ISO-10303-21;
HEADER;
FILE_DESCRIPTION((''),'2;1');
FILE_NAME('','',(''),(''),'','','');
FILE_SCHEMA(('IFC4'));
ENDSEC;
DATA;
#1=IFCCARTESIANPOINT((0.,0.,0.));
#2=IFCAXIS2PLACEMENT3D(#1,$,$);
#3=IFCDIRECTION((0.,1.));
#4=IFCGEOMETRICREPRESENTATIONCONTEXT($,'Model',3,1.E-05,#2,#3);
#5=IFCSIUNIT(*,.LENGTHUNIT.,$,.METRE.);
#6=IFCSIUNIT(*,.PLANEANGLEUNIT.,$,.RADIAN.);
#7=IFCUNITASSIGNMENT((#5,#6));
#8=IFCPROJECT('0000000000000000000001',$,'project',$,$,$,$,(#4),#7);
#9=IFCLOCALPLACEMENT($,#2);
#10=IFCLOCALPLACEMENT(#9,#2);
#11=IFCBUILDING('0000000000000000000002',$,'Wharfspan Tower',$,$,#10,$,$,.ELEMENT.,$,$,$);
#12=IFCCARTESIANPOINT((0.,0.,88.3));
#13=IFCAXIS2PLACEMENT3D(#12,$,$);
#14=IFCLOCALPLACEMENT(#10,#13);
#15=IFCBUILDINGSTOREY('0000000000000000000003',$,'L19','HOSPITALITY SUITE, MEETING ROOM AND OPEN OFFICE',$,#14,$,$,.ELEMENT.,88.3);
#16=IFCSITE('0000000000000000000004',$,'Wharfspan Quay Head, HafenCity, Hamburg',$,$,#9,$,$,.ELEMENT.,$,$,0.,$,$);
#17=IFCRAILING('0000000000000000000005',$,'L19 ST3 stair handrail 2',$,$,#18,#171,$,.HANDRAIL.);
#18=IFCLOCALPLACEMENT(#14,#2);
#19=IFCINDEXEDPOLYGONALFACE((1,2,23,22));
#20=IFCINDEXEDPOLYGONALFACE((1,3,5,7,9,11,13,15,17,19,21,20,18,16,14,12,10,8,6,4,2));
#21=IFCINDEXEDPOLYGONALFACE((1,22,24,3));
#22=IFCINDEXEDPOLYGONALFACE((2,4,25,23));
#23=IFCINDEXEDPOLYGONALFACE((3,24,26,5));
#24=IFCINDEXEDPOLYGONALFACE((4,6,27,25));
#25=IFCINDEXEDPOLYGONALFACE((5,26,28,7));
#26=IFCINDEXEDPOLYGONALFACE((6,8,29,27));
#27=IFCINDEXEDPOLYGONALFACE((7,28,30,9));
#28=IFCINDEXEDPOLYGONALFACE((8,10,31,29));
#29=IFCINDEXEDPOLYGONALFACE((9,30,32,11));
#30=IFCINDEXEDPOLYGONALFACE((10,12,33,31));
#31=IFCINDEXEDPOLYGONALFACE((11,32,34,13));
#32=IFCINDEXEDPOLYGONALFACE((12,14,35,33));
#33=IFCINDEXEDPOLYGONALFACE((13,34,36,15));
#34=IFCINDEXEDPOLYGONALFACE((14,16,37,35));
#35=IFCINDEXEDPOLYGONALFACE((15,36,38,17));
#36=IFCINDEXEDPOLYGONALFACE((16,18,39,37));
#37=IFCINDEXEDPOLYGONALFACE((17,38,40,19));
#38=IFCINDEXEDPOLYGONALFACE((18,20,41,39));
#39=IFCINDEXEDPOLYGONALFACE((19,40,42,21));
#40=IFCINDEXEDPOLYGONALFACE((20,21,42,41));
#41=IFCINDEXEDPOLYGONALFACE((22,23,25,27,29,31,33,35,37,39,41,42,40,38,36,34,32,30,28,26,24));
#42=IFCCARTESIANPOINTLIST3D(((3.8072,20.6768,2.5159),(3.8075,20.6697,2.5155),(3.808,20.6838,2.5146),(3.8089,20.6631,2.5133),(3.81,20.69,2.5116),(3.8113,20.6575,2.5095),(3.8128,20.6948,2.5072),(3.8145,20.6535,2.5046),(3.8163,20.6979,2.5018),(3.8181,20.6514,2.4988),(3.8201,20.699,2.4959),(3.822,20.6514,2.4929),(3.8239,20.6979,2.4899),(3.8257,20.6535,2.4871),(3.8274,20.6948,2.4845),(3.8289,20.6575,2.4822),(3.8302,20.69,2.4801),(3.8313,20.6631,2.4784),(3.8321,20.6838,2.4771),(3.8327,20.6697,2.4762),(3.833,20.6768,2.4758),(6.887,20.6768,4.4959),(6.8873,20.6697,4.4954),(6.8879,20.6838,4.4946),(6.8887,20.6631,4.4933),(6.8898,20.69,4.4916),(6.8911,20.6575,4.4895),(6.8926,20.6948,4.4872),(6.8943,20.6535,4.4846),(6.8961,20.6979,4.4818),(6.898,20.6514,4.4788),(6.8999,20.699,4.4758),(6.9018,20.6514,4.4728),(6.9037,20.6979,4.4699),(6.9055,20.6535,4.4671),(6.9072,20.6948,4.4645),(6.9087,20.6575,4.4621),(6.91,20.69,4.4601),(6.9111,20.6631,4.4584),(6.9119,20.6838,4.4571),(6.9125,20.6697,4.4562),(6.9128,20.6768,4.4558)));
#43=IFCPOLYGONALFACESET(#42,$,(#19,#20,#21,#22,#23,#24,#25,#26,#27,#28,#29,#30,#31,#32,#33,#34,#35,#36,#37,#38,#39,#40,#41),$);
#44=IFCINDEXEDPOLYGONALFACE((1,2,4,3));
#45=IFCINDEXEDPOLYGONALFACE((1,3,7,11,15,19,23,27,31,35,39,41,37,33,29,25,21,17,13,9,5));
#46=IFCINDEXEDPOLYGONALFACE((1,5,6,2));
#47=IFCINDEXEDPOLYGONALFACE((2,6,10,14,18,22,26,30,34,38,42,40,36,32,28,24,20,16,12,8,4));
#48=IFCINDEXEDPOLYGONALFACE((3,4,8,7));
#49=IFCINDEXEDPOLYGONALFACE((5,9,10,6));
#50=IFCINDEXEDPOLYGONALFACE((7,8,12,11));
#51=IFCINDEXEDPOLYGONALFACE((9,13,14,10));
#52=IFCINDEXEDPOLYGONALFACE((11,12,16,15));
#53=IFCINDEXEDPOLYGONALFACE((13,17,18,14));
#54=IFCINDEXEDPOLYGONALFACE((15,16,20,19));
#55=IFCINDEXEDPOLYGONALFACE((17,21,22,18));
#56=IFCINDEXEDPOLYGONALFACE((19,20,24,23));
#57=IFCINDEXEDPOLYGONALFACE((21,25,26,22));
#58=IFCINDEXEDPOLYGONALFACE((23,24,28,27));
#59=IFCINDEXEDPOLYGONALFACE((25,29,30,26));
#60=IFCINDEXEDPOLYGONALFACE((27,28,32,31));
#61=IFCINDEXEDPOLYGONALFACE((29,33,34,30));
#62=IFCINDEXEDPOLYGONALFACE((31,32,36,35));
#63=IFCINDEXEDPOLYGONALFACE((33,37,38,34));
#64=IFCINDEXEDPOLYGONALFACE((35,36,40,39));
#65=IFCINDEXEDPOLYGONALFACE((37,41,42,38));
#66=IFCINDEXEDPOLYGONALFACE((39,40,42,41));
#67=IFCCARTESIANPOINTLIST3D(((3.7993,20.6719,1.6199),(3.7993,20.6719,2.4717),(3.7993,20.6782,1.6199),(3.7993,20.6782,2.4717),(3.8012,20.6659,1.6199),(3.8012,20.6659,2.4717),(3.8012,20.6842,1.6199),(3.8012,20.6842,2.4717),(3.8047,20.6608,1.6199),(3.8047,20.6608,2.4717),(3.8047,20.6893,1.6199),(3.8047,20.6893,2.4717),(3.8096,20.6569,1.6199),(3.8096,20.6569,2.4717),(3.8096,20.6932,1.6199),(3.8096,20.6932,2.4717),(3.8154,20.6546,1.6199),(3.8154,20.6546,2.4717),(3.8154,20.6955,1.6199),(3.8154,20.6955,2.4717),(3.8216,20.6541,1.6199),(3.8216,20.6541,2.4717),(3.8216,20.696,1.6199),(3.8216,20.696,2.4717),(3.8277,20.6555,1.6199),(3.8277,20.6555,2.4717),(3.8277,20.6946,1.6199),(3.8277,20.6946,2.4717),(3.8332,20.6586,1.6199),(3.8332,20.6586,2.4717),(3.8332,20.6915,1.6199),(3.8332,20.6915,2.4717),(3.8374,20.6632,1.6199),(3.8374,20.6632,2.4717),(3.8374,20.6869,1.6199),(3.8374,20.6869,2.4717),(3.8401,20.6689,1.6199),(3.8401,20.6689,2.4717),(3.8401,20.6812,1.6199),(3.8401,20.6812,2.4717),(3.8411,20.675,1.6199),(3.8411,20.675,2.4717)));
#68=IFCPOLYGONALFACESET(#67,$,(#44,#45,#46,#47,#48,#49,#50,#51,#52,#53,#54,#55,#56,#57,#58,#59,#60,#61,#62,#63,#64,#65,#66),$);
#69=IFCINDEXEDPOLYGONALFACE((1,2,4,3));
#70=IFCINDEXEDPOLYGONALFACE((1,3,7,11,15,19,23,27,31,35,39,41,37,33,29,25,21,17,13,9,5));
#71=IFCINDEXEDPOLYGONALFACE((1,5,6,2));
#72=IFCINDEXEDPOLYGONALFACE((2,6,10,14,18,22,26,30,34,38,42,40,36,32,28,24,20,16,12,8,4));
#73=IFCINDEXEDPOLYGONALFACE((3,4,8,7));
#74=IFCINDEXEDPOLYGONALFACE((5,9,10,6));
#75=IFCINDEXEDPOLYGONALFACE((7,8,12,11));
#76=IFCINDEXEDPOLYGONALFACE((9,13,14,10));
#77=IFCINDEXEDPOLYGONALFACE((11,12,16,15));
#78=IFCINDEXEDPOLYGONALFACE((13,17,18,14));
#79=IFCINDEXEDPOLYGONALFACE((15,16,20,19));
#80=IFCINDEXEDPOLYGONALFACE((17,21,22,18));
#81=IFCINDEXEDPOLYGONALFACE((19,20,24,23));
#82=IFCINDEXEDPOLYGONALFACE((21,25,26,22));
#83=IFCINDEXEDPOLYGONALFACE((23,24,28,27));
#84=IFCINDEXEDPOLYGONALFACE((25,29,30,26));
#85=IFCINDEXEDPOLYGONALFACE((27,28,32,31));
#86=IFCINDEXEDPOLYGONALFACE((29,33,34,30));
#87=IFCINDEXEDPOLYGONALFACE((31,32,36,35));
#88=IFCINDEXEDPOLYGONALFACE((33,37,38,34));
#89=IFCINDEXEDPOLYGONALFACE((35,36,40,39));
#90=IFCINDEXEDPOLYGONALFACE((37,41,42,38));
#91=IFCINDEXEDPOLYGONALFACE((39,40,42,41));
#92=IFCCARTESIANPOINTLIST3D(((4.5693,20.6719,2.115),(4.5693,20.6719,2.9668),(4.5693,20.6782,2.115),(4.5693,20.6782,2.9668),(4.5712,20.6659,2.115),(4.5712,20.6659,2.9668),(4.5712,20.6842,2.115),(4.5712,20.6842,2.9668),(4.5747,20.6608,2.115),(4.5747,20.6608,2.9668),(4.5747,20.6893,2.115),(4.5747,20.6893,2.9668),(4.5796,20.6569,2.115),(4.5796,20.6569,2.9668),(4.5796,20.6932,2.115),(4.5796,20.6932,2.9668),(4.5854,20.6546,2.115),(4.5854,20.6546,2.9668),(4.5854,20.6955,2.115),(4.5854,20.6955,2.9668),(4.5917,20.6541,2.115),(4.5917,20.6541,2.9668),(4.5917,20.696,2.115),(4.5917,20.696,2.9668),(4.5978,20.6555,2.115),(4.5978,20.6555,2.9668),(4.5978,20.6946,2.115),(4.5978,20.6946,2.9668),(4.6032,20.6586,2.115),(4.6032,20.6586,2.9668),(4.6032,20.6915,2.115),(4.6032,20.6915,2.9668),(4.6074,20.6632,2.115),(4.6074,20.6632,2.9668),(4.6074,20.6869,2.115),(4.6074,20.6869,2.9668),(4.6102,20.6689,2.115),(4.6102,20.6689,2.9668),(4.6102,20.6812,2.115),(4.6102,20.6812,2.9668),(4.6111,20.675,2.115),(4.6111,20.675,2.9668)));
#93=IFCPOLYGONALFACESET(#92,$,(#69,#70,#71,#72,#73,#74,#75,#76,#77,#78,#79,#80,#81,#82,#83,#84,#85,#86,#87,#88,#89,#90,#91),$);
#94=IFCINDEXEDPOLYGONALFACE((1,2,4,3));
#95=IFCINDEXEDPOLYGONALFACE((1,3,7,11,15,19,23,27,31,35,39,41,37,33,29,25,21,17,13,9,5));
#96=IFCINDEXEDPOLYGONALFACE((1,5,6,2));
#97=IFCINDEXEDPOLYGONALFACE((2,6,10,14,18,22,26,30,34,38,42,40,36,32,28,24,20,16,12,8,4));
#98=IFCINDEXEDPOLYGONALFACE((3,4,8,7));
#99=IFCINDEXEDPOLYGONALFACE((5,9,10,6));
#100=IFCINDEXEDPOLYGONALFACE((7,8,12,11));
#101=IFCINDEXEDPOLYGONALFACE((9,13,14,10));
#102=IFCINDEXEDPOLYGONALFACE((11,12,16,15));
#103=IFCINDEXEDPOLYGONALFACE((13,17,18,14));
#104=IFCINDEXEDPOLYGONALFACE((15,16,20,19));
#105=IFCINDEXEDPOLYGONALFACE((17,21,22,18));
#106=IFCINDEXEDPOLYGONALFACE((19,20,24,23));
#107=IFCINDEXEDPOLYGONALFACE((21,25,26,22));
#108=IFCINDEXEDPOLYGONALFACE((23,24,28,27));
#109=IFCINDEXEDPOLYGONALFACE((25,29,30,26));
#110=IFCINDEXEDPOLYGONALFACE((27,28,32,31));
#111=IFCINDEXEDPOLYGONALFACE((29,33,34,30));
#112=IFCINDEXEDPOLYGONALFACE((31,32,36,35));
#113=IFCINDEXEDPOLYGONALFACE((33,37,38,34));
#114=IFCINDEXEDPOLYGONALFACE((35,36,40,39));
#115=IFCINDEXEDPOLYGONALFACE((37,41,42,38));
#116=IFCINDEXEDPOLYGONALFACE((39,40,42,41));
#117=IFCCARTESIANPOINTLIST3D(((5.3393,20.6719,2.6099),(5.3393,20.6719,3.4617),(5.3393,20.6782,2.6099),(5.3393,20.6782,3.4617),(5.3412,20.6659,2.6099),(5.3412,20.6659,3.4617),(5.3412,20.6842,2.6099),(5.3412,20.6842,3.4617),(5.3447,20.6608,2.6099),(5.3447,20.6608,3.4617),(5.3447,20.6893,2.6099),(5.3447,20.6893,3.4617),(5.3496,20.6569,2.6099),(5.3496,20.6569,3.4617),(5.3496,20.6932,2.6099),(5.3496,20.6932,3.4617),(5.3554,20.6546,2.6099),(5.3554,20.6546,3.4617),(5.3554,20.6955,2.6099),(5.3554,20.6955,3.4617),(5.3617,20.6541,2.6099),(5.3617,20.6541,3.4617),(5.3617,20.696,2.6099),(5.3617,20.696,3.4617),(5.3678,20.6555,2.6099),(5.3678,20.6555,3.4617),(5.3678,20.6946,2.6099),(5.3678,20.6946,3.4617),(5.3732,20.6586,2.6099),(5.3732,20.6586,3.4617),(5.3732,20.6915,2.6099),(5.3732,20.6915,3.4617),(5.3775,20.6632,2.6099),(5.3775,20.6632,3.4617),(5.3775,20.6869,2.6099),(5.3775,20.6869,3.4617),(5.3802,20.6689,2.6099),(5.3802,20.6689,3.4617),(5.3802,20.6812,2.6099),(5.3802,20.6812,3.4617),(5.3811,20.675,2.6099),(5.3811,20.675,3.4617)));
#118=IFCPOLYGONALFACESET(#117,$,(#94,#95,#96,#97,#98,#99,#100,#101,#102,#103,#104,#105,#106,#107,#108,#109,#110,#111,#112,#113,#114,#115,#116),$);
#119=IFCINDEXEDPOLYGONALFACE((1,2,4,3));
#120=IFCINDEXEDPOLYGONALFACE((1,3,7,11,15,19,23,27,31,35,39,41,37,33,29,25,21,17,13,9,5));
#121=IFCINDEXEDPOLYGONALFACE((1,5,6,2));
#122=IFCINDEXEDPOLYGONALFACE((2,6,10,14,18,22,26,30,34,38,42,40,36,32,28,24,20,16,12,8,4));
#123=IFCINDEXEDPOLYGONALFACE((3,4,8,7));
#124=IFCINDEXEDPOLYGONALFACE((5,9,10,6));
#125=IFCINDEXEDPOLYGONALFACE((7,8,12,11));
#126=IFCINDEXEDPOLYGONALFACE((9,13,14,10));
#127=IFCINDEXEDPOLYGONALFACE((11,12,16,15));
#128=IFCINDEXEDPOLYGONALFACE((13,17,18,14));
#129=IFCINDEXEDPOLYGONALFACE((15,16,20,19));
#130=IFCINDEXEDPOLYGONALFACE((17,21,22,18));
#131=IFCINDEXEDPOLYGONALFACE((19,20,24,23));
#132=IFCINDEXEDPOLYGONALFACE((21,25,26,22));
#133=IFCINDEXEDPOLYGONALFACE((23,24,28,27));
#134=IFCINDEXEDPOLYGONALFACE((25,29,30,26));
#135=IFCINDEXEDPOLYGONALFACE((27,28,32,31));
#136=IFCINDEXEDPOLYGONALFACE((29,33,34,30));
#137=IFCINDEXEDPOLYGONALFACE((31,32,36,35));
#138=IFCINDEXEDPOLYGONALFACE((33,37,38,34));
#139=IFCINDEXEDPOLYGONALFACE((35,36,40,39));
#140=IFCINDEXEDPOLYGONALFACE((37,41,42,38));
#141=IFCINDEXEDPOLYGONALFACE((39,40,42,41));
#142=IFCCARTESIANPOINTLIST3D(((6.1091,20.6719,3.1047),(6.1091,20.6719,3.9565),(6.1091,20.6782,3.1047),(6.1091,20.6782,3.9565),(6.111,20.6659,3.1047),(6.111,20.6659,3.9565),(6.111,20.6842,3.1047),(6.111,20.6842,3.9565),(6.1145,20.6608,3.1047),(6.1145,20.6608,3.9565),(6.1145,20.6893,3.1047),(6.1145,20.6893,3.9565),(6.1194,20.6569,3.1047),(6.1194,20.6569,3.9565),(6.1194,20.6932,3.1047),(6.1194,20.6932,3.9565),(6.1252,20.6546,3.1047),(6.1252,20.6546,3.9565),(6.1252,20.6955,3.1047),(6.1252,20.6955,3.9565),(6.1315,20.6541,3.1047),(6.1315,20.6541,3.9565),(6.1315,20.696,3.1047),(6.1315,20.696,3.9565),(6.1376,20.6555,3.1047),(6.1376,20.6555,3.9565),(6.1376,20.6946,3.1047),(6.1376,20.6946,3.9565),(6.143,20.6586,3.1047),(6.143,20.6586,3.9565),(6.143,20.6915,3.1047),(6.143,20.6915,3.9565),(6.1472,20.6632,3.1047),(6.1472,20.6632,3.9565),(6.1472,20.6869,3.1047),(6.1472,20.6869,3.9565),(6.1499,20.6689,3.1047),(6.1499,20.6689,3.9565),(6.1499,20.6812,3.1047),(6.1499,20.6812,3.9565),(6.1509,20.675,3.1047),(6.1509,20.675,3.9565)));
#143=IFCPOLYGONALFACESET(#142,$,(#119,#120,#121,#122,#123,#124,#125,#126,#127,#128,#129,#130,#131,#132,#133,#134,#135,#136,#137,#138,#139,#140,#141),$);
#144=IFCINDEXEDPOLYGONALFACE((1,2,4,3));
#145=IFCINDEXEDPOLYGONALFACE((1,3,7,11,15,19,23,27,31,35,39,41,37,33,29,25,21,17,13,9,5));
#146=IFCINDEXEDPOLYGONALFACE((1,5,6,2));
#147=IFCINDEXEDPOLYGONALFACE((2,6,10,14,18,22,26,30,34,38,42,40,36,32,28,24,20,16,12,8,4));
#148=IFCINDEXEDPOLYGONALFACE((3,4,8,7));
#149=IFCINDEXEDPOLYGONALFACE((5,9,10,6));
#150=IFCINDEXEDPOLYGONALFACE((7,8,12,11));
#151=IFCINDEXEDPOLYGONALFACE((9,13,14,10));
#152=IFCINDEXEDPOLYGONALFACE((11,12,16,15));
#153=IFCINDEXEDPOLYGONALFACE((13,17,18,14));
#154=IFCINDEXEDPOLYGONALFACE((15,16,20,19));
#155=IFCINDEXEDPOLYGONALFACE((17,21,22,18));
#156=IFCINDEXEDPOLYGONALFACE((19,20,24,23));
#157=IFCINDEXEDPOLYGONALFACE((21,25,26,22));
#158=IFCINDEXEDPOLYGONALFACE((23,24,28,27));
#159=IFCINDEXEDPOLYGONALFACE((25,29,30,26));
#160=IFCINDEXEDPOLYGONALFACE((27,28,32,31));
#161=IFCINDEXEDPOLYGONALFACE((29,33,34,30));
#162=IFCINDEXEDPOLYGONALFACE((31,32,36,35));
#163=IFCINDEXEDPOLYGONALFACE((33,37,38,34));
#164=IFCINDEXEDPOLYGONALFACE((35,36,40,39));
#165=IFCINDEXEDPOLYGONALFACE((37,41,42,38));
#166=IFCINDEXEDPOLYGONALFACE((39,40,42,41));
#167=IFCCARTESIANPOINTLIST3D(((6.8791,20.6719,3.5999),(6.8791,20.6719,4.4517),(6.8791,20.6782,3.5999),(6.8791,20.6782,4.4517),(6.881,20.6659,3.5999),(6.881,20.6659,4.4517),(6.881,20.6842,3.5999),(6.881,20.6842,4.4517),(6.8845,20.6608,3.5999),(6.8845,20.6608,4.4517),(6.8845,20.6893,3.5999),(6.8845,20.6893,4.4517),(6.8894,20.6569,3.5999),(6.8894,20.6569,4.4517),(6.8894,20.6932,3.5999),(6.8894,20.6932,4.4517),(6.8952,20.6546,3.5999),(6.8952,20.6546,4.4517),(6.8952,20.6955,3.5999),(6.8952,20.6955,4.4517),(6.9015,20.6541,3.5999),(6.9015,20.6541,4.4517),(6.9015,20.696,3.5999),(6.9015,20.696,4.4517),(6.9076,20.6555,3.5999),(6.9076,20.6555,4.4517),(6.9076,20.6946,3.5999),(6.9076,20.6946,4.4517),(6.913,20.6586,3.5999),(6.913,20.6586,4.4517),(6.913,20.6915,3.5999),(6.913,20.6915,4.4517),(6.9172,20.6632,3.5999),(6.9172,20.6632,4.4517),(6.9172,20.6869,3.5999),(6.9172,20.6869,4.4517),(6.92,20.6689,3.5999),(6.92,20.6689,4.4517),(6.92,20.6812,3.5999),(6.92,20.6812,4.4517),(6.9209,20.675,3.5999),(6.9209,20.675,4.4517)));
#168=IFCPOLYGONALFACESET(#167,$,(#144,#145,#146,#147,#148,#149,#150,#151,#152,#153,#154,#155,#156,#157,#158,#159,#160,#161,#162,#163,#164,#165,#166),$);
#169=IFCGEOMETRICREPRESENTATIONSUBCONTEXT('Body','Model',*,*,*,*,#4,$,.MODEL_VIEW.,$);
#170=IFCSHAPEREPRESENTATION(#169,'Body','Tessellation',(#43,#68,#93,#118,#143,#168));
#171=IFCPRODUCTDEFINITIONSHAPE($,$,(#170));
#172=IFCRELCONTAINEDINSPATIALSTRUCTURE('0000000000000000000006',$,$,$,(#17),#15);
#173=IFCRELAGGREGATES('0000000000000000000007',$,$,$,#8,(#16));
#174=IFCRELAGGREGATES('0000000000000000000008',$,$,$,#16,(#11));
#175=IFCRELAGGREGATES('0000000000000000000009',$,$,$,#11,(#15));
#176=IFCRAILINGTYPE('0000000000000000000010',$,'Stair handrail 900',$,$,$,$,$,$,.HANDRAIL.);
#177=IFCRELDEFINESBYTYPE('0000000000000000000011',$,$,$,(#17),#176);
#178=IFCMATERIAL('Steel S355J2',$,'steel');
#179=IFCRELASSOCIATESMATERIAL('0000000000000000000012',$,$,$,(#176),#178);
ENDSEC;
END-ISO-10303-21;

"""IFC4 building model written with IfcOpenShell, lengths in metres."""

from ifc_helpers import new_model, si_unit, direction, frame, origin, origin_2d, place, context, subcontext, project, spatial, circle, extrude, material, type_object, element, save


model = new_model("IFC4")

# Units and contexts
model_context = context("Model", 3, precision=1e-05, world=origin(), true_north=direction((0.0, 1.0)))
body_context = subcontext(model_context, "Body", "Model", "MODEL_VIEW")
ifc_project = project(units=[si_unit("LENGTHUNIT", "METRE"), si_unit("PLANEANGLEUNIT", "RADIAN")], contexts=[model_context])

# Site, building, storey
site_placement = place(None, origin())
site = spatial("IfcSite", under=ifc_project, at=site_placement, Name="Wharfspan Quay Head, HafenCity, Hamburg", CompositionType="ELEMENT", RefElevation=0.0)
building_placement = place(site_placement, origin())
building = spatial("IfcBuilding", under=site, at=building_placement, Name="Wharfspan Tower", CompositionType="ELEMENT")
storey_placement = place(building_placement, frame((0.0, 0.0, 88.3)))
storey = spatial("IfcBuildingStorey", under=building, at=storey_placement, Name="L19", Description="HOSPITALITY SUITE, MEETING ROOM AND OPEN OFFICE", CompositionType="ELEMENT", Elevation=88.3)

# Shared definitions
ifc_material_1 = material(Name="Steel S355J2", Category="steel")

# Railing
railing_type_1 = type_object("IfcRailingType", Name="Stair handrail 900", PredefinedType="HANDRAIL", material=ifc_material_1)
railing_1_placement = place(storey_placement, frame((3.8201, 20.675, 1.6199)))
element("IfcRailing", 1, at=railing_1_placement, inside=storey, type_object=railing_type_1, Name="L19 ST3 stair handrail 2", PredefinedType="HANDRAIL", context=body_context, shape_type="SweptSolid", body=[
    extrude(circle(Radius=0.0239, at=origin_2d()), frame((0.0, 0.0, 0.876), z_axis=(0.841168, 0.0, 0.540774), x_axis=(0.0, 1.0, 0.0)), (0.0, 0.0, 1.0), 3.6614),
    extrude(circle(Radius=0.021, at=origin_2d()), origin(), (0.0, 0.0, 1.0), 0.8518),
    extrude(circle(Radius=0.021, at=origin_2d()), frame((0.77, 0.0, 0.4951)), (0.0, 0.0, 1.0), 0.8518),
    extrude(circle(Radius=0.021, at=origin_2d()), frame((1.54, 0.0, 0.99)), (0.0, 0.0, 1.0), 0.8518),
    extrude(circle(Radius=0.021, at=origin_2d()), frame((2.3098, 0.0, 1.4849)), (0.0, 0.0, 1.0), 0.8518),
    extrude(circle(Radius=0.021, at=origin_2d()), frame((3.0798, 0.0, 1.98)), (0.0, 0.0, 1.0), 0.8518),
])

save(model, "model.ifc")
